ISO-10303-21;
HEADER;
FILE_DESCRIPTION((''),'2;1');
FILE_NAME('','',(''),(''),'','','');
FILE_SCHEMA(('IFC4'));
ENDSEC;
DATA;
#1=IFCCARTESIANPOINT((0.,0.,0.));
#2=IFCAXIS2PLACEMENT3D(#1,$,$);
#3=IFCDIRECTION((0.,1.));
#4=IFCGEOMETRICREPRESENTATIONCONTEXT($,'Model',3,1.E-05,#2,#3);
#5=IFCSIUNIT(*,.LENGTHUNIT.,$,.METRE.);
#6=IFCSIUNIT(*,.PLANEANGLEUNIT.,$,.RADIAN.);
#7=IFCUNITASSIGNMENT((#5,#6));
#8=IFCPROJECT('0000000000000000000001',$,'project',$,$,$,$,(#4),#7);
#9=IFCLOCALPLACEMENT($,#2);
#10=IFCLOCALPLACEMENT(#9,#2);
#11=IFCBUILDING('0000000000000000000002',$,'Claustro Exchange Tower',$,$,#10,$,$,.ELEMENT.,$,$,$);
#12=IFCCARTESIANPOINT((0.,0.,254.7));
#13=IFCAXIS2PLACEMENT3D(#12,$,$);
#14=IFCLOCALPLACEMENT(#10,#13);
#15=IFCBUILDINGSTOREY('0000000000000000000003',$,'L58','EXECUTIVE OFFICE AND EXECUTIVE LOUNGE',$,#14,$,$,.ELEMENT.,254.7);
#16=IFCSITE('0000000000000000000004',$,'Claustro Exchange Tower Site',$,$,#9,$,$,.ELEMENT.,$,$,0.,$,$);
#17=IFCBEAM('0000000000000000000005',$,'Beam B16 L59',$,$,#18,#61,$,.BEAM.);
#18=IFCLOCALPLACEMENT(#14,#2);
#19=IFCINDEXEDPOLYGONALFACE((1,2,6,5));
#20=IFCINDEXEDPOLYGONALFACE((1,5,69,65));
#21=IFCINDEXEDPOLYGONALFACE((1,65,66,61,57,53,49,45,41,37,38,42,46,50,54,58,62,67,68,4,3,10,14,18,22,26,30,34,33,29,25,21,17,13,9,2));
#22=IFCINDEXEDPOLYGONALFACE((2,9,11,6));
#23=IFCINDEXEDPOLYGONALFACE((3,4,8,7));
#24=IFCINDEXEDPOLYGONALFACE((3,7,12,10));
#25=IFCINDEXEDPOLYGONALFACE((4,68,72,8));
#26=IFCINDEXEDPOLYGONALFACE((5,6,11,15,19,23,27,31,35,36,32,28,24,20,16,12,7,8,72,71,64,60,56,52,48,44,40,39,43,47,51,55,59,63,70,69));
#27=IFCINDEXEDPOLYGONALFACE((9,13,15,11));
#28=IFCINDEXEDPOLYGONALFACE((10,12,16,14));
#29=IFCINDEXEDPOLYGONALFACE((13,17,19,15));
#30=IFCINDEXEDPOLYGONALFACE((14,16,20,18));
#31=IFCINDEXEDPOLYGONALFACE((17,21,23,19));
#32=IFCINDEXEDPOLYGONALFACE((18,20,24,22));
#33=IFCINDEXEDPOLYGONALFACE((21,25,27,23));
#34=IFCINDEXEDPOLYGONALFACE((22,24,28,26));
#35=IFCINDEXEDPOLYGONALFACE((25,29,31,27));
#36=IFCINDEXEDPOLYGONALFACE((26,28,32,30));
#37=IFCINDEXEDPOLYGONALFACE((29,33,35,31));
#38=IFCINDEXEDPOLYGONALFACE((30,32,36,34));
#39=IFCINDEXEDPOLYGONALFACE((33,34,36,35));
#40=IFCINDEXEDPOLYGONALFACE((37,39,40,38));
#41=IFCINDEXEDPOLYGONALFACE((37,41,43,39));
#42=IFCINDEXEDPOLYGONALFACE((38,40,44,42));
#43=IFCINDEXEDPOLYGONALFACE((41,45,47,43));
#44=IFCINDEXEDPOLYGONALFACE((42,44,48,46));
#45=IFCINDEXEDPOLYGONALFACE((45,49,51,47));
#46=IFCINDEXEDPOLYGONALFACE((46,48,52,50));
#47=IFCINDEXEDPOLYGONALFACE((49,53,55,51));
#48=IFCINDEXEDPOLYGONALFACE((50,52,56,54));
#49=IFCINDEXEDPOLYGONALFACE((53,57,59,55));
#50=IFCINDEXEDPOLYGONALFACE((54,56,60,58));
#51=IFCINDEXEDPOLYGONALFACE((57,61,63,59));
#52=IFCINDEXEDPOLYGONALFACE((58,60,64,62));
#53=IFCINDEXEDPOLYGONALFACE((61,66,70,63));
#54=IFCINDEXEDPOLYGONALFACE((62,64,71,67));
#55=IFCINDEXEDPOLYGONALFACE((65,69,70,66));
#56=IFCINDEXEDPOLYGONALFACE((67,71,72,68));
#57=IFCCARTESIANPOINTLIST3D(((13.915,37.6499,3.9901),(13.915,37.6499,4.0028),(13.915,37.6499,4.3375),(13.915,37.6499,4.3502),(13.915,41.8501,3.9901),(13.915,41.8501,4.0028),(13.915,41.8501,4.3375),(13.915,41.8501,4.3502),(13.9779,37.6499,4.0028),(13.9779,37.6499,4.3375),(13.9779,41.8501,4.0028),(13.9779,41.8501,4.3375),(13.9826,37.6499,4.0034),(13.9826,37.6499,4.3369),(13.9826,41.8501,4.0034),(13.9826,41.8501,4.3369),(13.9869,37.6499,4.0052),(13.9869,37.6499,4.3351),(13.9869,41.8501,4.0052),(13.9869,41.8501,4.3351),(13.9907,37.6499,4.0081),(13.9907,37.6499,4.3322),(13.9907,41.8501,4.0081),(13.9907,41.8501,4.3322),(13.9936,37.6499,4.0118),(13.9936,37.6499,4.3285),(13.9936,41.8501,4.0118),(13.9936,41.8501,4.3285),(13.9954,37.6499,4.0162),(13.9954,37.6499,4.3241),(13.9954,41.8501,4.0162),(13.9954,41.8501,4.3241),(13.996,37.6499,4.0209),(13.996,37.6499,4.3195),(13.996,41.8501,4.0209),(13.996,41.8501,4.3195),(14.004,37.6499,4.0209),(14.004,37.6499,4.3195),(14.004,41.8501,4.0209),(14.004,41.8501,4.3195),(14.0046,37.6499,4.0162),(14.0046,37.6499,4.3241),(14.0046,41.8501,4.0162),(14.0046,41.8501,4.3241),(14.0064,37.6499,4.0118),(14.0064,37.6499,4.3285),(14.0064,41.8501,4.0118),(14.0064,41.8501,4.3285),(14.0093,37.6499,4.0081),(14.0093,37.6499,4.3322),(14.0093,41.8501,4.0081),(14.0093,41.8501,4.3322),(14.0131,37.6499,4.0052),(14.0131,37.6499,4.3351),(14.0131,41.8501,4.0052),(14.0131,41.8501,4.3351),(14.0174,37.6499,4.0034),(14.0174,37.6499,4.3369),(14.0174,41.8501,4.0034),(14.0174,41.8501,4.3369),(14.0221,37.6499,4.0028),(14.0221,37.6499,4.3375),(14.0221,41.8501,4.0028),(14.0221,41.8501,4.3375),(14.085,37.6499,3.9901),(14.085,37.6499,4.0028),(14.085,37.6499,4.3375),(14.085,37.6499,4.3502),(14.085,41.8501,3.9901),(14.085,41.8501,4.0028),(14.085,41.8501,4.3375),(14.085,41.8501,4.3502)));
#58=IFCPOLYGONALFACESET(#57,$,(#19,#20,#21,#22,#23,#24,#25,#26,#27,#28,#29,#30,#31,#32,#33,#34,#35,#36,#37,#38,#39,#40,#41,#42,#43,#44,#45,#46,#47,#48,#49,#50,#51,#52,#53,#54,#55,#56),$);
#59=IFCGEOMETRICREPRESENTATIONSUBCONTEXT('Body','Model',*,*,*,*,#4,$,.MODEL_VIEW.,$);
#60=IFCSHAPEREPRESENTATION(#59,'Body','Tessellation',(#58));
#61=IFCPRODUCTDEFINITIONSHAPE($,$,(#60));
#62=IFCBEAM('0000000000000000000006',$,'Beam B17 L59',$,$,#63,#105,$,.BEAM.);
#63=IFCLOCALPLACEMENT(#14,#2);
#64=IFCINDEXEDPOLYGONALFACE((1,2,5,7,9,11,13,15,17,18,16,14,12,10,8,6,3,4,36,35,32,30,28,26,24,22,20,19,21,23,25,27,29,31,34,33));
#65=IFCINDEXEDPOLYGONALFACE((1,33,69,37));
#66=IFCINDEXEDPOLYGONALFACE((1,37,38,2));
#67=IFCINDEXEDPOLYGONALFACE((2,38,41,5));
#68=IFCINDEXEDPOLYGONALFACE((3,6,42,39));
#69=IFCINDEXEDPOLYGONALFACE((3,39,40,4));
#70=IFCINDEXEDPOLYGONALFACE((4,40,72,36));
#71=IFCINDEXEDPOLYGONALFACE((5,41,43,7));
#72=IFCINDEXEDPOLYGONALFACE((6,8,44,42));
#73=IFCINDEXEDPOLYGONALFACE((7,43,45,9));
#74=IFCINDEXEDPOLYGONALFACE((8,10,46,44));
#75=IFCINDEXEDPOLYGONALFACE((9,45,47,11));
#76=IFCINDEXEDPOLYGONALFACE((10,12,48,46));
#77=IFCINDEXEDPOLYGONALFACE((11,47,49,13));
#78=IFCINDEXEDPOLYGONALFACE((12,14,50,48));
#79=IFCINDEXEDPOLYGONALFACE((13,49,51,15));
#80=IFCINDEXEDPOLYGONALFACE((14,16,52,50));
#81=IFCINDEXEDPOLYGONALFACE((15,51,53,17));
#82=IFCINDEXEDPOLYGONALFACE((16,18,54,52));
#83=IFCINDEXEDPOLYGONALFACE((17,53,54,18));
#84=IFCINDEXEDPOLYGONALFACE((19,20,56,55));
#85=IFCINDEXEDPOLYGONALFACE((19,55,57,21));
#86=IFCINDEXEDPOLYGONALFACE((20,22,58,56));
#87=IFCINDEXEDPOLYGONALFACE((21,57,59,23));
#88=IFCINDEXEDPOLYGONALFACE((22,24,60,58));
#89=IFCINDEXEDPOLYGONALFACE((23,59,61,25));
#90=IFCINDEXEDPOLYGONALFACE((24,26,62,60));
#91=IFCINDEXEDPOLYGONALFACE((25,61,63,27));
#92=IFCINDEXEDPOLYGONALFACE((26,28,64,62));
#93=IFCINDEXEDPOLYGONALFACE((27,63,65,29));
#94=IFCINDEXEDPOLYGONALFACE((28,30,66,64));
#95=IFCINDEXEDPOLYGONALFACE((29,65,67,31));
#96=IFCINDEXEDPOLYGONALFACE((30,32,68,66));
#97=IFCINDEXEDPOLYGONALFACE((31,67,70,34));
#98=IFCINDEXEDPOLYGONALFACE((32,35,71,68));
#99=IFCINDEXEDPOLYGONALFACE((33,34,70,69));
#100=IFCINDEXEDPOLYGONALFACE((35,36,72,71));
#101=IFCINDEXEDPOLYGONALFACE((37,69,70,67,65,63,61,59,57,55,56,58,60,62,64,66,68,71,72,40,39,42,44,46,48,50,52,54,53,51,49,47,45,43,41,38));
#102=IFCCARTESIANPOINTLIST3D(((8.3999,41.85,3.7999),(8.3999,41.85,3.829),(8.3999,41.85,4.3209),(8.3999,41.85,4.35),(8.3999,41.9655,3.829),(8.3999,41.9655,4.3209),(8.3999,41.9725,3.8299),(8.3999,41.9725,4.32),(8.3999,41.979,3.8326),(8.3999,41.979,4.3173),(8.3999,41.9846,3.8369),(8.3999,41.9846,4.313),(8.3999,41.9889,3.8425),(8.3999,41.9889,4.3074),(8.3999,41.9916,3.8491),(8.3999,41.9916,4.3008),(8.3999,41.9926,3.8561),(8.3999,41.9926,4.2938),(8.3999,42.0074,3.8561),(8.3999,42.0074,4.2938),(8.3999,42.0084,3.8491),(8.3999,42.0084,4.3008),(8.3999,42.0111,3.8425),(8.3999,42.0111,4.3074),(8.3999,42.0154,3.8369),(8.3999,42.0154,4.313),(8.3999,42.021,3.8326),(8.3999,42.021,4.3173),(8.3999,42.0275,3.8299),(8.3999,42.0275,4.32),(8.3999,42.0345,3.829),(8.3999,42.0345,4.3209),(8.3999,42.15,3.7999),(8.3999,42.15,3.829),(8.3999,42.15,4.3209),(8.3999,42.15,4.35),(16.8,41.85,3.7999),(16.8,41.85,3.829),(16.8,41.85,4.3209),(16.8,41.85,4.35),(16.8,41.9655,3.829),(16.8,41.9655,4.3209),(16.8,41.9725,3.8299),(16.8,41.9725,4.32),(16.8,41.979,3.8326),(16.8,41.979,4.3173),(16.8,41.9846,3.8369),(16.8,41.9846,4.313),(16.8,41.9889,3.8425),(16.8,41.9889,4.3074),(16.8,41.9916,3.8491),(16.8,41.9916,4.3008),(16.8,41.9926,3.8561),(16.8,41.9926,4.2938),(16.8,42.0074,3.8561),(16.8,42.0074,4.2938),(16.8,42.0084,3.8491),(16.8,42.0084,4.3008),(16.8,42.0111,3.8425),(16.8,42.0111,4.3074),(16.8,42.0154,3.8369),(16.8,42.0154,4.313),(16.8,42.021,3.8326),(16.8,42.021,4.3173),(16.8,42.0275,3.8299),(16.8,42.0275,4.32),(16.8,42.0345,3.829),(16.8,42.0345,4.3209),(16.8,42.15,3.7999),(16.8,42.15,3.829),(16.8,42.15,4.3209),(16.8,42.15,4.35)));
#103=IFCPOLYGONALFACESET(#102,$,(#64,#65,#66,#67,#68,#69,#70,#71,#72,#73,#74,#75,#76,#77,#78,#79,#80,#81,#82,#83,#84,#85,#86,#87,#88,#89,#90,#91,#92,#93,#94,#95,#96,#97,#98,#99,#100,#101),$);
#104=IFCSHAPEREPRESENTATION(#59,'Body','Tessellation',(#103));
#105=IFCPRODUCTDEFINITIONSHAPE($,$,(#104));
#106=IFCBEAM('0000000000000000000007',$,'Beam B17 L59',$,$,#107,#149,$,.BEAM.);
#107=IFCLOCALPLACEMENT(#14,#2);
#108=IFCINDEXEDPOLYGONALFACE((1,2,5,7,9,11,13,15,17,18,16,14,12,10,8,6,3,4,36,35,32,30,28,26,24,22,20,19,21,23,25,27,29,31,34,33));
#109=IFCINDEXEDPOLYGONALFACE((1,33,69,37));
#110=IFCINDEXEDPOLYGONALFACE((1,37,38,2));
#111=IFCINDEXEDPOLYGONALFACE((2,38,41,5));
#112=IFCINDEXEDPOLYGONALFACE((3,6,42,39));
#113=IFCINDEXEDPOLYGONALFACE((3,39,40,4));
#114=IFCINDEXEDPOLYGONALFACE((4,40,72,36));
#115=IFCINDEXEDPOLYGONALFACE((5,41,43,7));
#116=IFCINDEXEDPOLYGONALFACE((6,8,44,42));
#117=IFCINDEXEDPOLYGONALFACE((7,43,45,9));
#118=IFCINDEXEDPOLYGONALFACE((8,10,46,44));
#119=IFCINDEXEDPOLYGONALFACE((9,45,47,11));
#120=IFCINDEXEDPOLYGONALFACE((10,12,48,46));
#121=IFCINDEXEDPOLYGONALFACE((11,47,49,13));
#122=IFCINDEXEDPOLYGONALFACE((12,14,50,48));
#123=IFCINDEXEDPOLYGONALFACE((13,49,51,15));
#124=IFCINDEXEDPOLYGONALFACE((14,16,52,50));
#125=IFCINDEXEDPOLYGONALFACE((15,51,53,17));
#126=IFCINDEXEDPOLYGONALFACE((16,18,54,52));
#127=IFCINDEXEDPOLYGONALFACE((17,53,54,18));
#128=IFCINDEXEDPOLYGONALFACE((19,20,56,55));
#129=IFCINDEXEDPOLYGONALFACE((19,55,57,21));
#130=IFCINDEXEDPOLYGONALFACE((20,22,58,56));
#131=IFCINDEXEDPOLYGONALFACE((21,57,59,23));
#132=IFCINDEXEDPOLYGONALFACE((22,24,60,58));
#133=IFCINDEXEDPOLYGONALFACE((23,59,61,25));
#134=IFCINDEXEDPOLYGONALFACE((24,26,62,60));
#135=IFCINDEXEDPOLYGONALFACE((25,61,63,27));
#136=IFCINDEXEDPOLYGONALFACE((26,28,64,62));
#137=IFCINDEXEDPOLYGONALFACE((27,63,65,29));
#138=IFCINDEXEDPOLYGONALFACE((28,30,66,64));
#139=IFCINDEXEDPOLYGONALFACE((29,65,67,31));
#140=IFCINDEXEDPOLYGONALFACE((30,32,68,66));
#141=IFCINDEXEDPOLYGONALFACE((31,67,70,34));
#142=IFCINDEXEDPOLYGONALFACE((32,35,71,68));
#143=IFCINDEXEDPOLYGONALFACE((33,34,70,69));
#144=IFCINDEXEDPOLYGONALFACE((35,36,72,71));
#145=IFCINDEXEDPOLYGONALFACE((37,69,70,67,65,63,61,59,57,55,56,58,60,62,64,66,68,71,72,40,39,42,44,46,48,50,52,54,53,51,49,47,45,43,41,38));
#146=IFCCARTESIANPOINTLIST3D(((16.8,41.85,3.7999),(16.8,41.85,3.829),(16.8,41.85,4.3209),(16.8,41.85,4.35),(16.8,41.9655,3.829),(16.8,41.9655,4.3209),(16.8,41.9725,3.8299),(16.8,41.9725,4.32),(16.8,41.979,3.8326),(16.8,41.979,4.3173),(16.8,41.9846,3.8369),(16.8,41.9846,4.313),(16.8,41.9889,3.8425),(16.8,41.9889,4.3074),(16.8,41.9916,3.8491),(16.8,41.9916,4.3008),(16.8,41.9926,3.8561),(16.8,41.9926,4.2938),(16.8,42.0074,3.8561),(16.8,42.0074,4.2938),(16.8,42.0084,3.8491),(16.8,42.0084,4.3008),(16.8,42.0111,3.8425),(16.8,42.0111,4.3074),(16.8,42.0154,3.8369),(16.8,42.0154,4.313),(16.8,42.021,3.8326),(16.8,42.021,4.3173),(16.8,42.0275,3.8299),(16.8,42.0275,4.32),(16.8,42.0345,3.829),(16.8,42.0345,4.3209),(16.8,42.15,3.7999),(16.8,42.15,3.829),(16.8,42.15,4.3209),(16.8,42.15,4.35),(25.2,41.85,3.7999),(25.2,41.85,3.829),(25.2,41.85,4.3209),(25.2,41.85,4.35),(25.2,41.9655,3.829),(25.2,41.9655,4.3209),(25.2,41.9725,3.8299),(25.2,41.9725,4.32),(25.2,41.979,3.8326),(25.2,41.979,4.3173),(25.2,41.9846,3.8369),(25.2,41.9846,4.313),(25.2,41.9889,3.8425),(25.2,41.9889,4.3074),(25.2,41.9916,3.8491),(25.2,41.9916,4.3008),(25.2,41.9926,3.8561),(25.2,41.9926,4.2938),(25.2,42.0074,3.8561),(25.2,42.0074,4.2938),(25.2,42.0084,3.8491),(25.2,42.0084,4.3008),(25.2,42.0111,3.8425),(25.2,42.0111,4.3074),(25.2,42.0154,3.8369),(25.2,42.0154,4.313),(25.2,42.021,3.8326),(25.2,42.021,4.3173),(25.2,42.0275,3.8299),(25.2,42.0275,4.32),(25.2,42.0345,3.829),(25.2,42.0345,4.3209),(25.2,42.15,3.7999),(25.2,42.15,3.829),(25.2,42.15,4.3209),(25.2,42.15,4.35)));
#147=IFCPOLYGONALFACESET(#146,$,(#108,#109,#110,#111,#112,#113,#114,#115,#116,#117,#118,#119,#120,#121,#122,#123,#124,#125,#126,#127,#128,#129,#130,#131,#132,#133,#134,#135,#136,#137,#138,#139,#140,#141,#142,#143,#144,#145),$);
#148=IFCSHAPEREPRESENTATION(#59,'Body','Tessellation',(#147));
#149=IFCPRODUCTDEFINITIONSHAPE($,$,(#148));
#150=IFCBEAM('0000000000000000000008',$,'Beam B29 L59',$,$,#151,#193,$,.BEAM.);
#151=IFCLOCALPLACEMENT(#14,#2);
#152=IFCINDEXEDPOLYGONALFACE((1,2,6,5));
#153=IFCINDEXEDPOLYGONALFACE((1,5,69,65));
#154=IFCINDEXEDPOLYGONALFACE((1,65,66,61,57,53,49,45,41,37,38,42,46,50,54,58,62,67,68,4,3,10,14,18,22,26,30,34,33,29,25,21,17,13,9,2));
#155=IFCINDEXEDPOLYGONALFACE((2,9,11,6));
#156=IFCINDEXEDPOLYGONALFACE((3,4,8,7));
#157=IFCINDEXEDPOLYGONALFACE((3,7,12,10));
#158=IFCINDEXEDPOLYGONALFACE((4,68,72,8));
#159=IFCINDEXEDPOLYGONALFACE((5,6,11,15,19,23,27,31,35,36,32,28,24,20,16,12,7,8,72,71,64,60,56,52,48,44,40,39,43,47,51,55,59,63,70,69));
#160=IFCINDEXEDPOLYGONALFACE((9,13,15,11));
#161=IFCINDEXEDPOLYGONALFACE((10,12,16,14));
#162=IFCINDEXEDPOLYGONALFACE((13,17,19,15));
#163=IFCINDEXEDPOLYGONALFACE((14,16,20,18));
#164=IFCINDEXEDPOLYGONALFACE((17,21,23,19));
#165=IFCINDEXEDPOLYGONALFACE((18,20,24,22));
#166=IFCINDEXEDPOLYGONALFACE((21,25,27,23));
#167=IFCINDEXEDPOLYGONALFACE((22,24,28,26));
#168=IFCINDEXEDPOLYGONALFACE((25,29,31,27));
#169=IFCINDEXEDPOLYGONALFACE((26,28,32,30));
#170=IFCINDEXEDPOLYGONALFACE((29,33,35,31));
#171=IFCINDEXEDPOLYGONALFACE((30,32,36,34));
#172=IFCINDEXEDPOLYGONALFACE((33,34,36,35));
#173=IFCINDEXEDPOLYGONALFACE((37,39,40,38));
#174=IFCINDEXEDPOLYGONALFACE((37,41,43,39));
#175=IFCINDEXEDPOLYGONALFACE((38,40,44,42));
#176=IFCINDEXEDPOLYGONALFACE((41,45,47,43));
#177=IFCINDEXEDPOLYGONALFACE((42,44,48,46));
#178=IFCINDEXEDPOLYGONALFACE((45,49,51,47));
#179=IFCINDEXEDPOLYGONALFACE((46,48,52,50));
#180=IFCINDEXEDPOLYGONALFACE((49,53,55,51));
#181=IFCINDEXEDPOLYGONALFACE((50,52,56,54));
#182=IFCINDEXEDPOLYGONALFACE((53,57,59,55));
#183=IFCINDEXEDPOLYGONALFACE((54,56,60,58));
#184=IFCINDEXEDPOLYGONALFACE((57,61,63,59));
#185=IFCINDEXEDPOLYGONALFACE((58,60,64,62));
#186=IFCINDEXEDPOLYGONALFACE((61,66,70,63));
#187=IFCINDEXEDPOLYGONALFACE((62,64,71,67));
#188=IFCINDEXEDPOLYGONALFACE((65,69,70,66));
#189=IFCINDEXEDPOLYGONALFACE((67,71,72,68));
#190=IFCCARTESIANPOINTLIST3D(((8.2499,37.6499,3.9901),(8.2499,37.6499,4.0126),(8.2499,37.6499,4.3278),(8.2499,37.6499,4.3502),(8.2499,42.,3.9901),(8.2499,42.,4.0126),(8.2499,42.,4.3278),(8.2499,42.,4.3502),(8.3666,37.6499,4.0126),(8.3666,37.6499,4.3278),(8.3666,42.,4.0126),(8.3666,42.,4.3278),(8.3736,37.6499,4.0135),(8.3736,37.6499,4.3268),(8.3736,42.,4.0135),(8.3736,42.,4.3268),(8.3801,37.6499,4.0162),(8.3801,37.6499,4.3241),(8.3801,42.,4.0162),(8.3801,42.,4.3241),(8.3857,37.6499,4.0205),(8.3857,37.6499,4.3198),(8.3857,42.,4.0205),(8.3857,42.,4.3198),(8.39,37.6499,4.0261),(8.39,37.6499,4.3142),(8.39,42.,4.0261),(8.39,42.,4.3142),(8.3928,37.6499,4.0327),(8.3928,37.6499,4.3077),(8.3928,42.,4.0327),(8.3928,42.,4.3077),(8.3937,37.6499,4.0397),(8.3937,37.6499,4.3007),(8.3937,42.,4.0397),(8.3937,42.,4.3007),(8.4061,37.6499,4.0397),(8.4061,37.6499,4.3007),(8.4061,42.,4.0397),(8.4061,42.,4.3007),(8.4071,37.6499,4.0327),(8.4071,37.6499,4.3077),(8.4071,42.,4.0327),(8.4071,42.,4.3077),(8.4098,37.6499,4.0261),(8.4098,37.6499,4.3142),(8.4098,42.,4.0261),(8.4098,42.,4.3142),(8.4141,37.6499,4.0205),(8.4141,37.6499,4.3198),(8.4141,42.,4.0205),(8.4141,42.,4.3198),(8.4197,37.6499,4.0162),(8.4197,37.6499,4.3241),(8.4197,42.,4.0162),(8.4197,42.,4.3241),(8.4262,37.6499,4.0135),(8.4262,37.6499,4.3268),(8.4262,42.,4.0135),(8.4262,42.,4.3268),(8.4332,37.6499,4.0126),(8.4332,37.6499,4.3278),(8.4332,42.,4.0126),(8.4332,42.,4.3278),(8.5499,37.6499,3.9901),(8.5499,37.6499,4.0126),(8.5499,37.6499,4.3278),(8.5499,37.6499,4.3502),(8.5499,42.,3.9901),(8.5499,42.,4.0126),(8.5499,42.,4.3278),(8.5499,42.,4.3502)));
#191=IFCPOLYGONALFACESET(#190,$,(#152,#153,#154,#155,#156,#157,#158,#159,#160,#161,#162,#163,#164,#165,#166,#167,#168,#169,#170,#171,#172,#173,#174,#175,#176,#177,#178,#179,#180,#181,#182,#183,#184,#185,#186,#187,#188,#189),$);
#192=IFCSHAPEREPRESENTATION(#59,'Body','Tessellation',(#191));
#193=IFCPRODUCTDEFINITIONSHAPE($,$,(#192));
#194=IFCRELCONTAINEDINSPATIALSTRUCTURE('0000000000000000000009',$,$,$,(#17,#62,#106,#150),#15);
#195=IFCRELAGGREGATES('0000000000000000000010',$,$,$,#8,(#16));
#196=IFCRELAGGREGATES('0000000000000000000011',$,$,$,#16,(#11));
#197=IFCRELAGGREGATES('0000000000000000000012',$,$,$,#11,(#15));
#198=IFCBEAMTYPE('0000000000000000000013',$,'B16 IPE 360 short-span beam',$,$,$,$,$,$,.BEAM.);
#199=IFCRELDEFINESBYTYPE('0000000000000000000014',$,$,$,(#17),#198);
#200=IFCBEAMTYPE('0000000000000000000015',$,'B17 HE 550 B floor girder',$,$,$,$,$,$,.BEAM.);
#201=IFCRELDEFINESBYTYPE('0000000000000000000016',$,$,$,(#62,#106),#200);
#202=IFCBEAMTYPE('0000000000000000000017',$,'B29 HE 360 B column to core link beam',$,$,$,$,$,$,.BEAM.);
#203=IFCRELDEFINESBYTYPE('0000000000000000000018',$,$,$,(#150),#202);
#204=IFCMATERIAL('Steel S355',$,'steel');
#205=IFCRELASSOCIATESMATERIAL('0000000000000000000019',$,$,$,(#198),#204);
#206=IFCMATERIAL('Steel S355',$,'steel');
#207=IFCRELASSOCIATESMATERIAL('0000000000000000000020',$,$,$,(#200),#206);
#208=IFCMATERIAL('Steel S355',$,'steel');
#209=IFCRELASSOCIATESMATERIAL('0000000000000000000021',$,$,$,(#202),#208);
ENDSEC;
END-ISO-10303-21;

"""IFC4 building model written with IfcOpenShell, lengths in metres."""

from ifc_helpers import new_model, si_unit, direction, frame, origin, origin_2d, place, context, subcontext, project, spatial, i_section, extrude, material, material_profile, profile_set, type_object, element, save


model = new_model("IFC4")

# Units and contexts
model_context = context("Model", 3, precision=1e-05, world=origin(), true_north=direction((0.0, 1.0)))
body_context = subcontext(model_context, "Body", "Model", "MODEL_VIEW")
ifc_project = project(units=[si_unit("LENGTHUNIT", "METRE"), si_unit("PLANEANGLEUNIT", "RADIAN")], contexts=[model_context])

# Site, building, storey
site_placement = place(None, origin())
site = spatial("IfcSite", under=ifc_project, at=site_placement, Name="Claustro Exchange Tower Site", CompositionType="ELEMENT", RefElevation=0.0)
building_placement = place(site_placement, origin())
building = spatial("IfcBuilding", under=site, at=building_placement, Name="Claustro Exchange Tower", CompositionType="ELEMENT")
storey_placement = place(building_placement, frame((0.0, 0.0, 254.7)))
storey = spatial("IfcBuildingStorey", under=building, at=storey_placement, Name="L58", Description="EXECUTIVE OFFICE AND EXECUTIVE LOUNGE", CompositionType="ELEMENT", Elevation=254.7)

# Beams
ifc_material_1 = material(Name="Steel S355", Category="steel")
ifc_material_profile_1 = material_profile(ifc_material_1, i_section(OverallWidth=0.1699, OverallDepth=0.3601, WebThickness=0.0081, FlangeThickness=0.0127, FilletRadius=0.0181, at=origin_2d()), Name="IPE 360")
ifc_profile_set_1 = profile_set([ifc_material_profile_1], Name="Steel S355")
beam_type_1 = type_object("IfcBeamType", Name="B16 IPE 360 short-span beam", PredefinedType="BEAM", material=ifc_profile_set_1)
for number, where, z_axis, x_axis, name in (
    (1, (14.0, 37.6499, 4.1702), (0.0, 1.0, 0.0), (-1.0, 0.0, 0.0), "Beam B16 L59"),
):
    element("IfcBeam", number, at=place(storey_placement, frame(where, z_axis=z_axis, x_axis=x_axis)), inside=storey, type_object=beam_type_1, Name=name, PredefinedType="BEAM", context=body_context, shape_type="SweptSolid", body=[
        extrude(i_section(OverallWidth=0.1699, OverallDepth=0.3601, WebThickness=0.0081, FlangeThickness=0.0127, FilletRadius=0.0181, at=origin_2d()), origin(), (0.0, 0.0, 1.0), 4.2002),
    ])
ifc_material_2 = material(Name="Steel S355", Category="steel")
ifc_material_profile_2 = material_profile(ifc_material_2, i_section(OverallWidth=0.3, OverallDepth=0.55, WebThickness=0.0149, FlangeThickness=0.0291, FilletRadius=0.0271, at=origin_2d()), Name="HE 550 B")
ifc_profile_set_2 = profile_set([ifc_material_profile_2], Name="Steel S355")
beam_type_2 = type_object("IfcBeamType", Name="B17 HE 550 B floor girder", PredefinedType="BEAM", material=ifc_profile_set_2)
beam_1_placement = place(storey_placement, frame((8.3999, 42.0, 4.075), z_axis=(1.0, 0.0, 0.0), x_axis=(0.0, 1.0, 0.0)))
element("IfcBeam", 2, at=beam_1_placement, inside=storey, type_object=beam_type_2, Name="Beam B17 L59", PredefinedType="BEAM", context=body_context, shape_type="SweptSolid", body=[
    extrude(i_section(OverallWidth=0.3, OverallDepth=0.55, WebThickness=0.0149, FlangeThickness=0.0291, FilletRadius=0.0271, at=origin_2d()), origin(), (0.0, 0.0, 1.0), 8.4001),
])
beam_2_placement = place(storey_placement, frame((16.8, 42.0, 4.075), z_axis=(1.0, 0.0, 0.0), x_axis=(0.0, 1.0, 0.0)))
element("IfcBeam", 3, at=beam_2_placement, inside=storey, type_object=beam_type_2, Name="Beam B17 L59", PredefinedType="BEAM", context=body_context, shape_type="SweptSolid", body=[
    extrude(i_section(OverallWidth=0.3, OverallDepth=0.55, WebThickness=0.0149, FlangeThickness=0.0291, FilletRadius=0.0271, at=origin_2d()), origin(), (0.0, 0.0, 1.0), 8.3999),
])
ifc_material_3 = material(Name="Steel S355", Category="steel")
ifc_material_profile_3 = material_profile(ifc_material_3, i_section(OverallWidth=0.3, OverallDepth=0.3601, WebThickness=0.0125, FlangeThickness=0.0225, FilletRadius=0.0271, at=origin_2d()), Name="HE 360 B")
ifc_profile_set_3 = profile_set([ifc_material_profile_3], Name="Steel S355")
beam_type_3 = type_object("IfcBeamType", Name="B29 HE 360 B column to core link beam", PredefinedType="BEAM", material=ifc_profile_set_3)
for number, where, z_axis, x_axis, name in (
    (4, (8.3999, 37.6499, 4.1702), (0.0, 1.0, 0.0), (-1.0, 0.0, 0.0), "Beam B29 L59"),
):
    element("IfcBeam", number, at=place(storey_placement, frame(where, z_axis=z_axis, x_axis=x_axis)), inside=storey, type_object=beam_type_3, Name=name, PredefinedType="BEAM", context=body_context, shape_type="SweptSolid", body=[
        extrude(i_section(OverallWidth=0.3, OverallDepth=0.3601, WebThickness=0.0125, FlangeThickness=0.0225, FilletRadius=0.0271, at=origin_2d()), origin(), (0.0, 0.0, 1.0), 4.3501),
    ])

save(model, "model.ifc")
